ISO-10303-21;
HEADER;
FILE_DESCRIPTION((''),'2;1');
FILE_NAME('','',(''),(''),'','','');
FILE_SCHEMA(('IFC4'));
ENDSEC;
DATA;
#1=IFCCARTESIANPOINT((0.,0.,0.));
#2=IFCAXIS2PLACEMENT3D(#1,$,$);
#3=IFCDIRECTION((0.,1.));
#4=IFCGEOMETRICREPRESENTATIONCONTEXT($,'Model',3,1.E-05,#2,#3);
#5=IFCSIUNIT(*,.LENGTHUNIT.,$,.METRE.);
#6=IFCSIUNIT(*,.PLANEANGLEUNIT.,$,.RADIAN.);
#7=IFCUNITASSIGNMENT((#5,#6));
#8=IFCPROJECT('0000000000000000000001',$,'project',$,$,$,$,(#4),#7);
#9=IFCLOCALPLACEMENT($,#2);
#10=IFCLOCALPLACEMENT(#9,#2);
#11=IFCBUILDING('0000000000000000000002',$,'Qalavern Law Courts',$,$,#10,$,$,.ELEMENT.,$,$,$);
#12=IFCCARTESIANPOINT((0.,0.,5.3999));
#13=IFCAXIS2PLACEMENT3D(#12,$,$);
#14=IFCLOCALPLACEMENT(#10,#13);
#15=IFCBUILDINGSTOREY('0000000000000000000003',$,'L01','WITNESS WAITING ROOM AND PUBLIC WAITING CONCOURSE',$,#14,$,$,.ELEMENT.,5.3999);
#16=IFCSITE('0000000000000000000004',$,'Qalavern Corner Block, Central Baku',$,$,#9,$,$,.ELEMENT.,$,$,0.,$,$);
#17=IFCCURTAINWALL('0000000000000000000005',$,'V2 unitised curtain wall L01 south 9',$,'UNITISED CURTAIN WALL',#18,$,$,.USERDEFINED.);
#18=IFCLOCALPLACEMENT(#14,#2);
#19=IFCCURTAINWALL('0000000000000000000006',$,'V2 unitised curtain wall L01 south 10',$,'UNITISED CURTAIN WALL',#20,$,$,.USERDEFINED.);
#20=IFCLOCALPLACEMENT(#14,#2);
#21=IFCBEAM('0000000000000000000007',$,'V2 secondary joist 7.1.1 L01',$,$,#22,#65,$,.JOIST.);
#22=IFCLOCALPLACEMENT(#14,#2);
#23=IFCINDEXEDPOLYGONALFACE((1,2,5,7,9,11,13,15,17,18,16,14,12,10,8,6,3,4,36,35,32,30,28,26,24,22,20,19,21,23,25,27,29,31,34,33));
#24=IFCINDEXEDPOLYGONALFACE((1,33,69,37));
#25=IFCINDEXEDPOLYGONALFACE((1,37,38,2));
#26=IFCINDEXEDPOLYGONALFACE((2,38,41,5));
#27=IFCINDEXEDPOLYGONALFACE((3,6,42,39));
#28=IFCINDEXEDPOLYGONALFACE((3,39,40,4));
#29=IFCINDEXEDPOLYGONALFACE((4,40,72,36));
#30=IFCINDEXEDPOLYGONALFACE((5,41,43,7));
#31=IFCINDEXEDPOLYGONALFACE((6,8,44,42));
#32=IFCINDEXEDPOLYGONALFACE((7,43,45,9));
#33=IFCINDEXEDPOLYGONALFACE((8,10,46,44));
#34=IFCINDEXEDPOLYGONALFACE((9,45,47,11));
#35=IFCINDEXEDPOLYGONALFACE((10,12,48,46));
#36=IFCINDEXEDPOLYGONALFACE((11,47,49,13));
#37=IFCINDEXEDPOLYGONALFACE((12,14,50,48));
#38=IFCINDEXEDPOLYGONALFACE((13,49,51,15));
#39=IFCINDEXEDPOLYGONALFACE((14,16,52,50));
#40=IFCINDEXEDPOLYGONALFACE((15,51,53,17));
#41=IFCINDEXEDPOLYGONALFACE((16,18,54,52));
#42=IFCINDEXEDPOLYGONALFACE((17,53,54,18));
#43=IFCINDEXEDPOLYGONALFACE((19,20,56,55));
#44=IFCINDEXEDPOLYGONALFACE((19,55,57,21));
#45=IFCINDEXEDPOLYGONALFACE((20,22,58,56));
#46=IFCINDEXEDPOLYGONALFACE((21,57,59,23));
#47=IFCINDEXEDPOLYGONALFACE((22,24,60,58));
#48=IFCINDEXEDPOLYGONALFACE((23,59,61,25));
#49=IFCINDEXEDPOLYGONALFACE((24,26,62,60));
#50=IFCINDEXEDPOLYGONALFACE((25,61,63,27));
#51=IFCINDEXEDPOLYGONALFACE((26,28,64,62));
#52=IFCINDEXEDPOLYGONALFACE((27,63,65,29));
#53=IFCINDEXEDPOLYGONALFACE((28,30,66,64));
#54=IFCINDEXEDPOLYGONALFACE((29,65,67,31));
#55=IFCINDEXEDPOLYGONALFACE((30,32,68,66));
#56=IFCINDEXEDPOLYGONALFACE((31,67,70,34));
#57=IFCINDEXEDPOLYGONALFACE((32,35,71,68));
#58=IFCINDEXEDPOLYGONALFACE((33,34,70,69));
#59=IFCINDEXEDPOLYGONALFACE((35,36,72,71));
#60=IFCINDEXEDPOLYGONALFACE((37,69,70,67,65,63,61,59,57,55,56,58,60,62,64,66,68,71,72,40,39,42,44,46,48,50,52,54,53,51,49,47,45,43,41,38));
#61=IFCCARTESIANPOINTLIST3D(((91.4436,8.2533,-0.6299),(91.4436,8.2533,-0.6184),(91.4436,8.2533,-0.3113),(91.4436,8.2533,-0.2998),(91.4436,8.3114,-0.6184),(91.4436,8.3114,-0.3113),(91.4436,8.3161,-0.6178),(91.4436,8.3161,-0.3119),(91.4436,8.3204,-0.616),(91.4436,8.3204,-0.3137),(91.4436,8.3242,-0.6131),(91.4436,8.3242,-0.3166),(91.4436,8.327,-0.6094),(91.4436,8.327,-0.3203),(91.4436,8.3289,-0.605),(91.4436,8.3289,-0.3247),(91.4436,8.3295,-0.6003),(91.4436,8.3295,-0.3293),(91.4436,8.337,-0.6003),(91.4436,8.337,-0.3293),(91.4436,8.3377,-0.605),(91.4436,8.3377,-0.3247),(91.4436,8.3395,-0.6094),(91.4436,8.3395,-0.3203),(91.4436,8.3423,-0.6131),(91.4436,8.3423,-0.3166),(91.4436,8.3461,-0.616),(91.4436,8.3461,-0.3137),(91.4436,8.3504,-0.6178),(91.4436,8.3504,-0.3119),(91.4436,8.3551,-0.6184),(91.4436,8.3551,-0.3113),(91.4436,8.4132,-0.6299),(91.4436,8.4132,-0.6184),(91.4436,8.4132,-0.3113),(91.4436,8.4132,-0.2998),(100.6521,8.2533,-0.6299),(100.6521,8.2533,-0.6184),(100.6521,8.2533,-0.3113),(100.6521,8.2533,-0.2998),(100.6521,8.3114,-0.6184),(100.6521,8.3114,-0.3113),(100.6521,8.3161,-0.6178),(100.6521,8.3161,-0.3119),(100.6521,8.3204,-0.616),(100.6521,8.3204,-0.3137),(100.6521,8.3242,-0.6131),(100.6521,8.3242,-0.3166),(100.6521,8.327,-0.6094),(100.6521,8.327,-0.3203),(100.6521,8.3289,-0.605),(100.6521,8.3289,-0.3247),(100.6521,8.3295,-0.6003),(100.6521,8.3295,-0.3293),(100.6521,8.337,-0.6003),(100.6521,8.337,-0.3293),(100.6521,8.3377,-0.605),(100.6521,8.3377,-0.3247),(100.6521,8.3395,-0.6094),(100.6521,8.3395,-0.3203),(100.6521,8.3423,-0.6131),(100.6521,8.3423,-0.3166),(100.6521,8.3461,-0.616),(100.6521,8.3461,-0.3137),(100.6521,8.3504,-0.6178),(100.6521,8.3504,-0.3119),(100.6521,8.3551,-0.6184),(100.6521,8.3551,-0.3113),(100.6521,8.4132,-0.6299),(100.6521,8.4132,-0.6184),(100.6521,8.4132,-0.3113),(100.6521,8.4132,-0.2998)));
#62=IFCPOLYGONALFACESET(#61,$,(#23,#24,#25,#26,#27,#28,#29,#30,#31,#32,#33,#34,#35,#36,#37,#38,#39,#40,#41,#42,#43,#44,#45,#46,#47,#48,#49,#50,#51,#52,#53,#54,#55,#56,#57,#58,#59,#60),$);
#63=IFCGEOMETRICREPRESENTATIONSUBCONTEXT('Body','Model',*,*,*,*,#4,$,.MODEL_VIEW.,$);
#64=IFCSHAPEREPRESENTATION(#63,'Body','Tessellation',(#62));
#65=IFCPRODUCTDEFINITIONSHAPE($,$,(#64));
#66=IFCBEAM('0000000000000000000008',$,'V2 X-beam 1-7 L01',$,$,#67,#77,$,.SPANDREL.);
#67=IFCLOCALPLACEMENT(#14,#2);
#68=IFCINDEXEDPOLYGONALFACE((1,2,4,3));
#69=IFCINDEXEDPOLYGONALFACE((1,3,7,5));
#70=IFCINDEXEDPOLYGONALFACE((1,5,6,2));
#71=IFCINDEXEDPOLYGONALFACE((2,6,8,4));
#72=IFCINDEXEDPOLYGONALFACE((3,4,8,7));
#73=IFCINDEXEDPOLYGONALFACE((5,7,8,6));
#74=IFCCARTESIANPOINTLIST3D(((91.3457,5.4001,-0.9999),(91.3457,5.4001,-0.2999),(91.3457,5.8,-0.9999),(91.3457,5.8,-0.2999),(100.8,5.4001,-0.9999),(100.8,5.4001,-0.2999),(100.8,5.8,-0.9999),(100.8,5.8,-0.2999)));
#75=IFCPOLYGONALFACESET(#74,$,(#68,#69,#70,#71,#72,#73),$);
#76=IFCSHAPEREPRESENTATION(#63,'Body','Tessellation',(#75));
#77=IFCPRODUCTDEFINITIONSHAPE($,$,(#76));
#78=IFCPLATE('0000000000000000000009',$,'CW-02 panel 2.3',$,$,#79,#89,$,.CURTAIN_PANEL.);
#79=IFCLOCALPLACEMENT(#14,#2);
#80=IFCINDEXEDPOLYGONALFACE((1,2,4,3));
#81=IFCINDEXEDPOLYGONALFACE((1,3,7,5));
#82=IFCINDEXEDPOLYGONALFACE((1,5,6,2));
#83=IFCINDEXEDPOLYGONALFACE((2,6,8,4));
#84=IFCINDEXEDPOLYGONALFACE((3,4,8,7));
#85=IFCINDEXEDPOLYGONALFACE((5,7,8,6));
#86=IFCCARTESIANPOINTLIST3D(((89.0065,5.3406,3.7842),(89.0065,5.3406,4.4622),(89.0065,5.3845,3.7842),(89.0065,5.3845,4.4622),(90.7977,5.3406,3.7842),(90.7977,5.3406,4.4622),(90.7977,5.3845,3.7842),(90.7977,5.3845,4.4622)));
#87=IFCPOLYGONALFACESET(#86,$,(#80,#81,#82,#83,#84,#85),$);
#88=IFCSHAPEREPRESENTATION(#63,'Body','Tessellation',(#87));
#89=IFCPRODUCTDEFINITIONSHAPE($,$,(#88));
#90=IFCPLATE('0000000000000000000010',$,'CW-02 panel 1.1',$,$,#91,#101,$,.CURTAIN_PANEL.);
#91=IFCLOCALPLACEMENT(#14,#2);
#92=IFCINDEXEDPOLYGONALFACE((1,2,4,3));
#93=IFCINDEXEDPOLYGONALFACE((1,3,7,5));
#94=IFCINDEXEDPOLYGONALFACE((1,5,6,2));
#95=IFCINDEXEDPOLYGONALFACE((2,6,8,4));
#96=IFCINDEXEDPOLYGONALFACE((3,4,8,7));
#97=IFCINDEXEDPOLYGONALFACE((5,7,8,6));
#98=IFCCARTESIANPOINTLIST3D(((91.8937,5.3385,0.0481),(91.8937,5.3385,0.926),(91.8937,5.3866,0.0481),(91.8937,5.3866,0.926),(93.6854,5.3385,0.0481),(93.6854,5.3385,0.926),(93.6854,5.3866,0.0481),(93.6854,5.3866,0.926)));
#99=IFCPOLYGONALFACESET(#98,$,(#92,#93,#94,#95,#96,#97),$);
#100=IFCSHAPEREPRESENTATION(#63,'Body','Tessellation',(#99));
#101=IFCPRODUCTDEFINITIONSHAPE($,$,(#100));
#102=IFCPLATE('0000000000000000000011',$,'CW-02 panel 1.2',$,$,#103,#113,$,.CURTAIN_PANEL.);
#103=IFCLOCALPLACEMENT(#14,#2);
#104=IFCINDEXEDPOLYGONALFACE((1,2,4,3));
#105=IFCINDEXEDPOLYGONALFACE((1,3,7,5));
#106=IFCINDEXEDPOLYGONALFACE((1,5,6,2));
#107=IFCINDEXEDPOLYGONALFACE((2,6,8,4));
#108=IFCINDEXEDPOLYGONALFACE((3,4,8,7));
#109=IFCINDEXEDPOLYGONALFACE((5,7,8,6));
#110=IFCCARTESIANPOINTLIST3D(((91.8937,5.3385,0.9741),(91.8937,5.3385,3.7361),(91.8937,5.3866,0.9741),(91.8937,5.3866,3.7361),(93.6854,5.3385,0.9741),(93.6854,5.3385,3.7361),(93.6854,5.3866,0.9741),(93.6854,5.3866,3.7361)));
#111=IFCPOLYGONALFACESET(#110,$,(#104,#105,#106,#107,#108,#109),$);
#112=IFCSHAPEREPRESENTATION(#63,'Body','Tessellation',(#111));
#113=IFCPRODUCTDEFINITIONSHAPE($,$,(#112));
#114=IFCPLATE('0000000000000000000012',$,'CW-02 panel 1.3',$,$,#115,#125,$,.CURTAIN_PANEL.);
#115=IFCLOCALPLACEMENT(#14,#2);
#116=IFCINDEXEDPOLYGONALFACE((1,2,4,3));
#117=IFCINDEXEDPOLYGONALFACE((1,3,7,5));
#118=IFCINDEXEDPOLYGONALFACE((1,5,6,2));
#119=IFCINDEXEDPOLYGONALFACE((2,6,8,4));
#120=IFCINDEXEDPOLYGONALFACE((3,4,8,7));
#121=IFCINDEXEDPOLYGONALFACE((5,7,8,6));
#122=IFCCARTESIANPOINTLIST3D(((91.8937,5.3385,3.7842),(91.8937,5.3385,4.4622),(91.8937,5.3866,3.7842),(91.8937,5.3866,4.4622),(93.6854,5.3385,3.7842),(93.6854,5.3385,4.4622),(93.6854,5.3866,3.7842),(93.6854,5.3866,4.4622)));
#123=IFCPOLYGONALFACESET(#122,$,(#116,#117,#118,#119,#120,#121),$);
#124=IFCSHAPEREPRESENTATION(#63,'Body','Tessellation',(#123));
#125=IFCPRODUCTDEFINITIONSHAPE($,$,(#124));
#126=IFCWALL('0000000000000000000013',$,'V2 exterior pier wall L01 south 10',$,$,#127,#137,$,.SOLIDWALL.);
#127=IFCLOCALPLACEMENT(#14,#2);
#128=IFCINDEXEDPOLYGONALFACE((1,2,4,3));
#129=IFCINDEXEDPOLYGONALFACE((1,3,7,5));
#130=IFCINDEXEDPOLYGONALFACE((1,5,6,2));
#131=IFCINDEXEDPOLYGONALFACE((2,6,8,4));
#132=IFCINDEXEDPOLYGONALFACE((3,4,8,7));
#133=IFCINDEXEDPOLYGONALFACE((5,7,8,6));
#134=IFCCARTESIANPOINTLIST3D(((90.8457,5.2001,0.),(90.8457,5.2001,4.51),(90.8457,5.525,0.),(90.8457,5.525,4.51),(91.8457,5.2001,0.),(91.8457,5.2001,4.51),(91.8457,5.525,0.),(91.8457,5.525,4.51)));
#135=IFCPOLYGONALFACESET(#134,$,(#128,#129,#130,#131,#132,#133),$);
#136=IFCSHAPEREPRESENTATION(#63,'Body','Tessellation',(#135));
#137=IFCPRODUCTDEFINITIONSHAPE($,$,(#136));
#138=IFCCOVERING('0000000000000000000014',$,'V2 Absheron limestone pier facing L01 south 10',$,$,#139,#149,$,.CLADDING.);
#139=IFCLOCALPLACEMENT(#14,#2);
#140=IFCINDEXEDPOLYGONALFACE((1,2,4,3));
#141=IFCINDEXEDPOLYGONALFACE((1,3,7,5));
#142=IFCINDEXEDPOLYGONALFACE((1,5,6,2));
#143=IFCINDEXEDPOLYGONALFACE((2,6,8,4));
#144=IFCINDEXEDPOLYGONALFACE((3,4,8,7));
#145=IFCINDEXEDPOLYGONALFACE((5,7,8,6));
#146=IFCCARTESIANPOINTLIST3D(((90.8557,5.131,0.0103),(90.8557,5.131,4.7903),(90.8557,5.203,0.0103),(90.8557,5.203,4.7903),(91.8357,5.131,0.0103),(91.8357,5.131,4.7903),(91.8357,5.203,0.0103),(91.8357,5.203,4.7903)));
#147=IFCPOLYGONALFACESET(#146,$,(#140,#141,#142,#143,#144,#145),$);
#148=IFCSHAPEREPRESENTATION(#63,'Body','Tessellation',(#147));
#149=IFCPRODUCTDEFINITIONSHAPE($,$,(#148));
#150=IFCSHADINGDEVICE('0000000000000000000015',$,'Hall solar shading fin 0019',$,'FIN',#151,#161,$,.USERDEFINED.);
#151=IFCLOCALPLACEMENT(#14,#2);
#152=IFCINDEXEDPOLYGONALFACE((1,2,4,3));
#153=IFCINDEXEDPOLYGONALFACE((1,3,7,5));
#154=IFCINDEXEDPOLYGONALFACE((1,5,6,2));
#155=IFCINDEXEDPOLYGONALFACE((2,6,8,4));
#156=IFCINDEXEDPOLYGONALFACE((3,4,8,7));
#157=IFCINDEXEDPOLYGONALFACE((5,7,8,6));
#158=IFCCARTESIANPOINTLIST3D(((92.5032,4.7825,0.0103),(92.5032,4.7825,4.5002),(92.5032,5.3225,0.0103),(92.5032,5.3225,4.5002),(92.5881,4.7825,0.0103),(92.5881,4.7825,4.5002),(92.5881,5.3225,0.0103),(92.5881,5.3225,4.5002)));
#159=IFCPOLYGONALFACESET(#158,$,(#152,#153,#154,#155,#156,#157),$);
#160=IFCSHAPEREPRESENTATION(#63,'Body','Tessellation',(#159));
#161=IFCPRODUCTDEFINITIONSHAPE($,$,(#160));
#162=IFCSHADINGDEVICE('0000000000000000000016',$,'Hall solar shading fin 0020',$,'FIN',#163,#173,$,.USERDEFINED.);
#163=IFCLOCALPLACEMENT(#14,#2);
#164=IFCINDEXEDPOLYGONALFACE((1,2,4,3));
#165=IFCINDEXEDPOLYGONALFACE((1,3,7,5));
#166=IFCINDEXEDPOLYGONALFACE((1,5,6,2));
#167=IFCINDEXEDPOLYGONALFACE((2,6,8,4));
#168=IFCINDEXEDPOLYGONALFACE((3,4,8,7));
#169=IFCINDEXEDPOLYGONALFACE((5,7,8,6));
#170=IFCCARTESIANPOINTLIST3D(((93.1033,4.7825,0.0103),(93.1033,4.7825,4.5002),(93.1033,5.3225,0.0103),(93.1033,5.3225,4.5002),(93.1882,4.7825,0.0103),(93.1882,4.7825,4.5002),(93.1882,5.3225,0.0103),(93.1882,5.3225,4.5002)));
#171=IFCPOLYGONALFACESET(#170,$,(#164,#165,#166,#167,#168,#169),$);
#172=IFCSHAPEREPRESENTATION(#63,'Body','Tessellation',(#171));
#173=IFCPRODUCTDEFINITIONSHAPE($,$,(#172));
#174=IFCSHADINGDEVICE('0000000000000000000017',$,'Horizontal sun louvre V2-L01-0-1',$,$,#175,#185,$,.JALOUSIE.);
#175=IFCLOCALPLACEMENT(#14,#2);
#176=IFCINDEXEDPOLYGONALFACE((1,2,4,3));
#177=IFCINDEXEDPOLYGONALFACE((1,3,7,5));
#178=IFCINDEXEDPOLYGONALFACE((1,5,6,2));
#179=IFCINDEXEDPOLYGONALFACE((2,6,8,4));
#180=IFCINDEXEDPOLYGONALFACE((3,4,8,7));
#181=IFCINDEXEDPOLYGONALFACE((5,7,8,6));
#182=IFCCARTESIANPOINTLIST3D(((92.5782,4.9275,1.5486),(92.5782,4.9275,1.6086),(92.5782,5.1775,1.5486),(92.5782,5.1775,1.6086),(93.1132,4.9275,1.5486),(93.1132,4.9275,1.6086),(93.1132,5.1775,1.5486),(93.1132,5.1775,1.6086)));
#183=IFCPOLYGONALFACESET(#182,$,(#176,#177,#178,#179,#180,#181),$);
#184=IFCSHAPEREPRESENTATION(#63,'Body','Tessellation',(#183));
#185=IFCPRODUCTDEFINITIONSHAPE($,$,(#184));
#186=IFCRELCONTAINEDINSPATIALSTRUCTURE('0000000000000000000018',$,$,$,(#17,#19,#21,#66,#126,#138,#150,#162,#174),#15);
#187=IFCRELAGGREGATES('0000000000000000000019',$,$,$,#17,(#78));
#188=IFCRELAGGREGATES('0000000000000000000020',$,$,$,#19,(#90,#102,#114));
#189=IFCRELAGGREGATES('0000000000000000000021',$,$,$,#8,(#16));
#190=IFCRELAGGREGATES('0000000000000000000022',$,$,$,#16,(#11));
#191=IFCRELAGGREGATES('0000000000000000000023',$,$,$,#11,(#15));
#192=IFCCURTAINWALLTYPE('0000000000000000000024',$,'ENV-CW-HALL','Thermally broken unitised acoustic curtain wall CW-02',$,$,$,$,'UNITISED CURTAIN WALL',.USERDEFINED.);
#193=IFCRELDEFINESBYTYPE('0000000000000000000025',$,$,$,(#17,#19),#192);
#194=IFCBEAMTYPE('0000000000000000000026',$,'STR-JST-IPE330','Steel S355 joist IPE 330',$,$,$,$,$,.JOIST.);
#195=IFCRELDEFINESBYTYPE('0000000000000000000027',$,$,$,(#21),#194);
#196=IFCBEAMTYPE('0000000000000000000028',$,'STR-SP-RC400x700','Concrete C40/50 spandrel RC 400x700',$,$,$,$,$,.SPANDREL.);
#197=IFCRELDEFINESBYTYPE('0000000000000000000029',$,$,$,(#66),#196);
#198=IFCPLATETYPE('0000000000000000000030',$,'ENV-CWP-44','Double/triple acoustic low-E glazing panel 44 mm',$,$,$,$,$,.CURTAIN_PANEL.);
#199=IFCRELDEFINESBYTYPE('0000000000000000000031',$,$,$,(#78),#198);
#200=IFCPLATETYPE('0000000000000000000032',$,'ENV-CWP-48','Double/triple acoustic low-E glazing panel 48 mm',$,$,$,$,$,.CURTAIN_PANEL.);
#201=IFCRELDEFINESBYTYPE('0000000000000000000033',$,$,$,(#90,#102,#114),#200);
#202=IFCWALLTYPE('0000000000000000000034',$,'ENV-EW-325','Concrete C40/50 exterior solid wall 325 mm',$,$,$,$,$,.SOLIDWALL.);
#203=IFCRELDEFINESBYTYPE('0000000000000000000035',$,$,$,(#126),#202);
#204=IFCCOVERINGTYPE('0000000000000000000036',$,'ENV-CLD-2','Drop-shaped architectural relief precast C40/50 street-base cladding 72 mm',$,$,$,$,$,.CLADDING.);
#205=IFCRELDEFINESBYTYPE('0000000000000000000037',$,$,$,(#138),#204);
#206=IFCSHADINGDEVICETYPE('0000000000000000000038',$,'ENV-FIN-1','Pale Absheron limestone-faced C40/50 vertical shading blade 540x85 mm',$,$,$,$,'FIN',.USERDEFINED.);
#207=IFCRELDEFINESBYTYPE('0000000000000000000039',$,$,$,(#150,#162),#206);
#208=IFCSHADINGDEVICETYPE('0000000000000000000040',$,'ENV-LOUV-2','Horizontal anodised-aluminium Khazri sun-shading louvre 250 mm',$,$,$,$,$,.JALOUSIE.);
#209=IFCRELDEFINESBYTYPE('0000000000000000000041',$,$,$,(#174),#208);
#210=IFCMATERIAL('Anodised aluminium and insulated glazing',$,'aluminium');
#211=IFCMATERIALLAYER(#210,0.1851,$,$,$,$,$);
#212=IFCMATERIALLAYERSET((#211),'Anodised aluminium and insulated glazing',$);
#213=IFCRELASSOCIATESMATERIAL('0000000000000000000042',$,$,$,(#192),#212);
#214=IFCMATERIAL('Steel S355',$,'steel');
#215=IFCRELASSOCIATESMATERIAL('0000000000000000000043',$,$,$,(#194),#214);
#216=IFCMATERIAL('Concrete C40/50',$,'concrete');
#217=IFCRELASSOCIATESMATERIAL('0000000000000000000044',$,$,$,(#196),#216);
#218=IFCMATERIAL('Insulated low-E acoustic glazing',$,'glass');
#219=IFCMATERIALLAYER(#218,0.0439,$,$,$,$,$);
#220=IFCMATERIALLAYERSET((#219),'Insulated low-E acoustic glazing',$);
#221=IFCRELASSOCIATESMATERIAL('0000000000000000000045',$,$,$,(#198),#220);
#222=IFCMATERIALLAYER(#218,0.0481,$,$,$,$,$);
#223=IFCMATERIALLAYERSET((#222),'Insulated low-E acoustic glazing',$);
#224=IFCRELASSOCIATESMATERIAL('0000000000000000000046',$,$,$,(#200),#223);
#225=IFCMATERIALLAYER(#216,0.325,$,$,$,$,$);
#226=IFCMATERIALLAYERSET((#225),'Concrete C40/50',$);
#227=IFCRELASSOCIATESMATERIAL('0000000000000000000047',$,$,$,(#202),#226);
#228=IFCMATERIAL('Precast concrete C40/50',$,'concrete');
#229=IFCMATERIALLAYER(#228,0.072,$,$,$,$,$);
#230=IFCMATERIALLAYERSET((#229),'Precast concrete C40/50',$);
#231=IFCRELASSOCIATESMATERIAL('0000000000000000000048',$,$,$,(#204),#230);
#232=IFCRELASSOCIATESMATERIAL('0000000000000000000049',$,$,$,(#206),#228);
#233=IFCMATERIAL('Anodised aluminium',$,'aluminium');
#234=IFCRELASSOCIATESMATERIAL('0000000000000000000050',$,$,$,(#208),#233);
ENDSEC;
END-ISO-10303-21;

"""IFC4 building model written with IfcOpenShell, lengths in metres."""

from ifc_helpers import new_model, si_unit, direction, frame, frame_2d, origin, origin_2d, place, context, subcontext, project, spatial, rectangle, i_section, extrude, material, layer, layer_set, material_profile, profile_set, type_object, element, aggregate, save


model = new_model("IFC4")

# Units and contexts
model_context = context("Model", 3, precision=1e-05, world=origin(), true_north=direction((0.0, 1.0)))
body_context = subcontext(model_context, "Body", "Model", "MODEL_VIEW")
ifc_project = project(units=[si_unit("LENGTHUNIT", "METRE"), si_unit("PLANEANGLEUNIT", "RADIAN")], contexts=[model_context])

# Site, building, storey
site_placement = place(None, origin())
site = spatial("IfcSite", under=ifc_project, at=site_placement, Name="Qalavern Corner Block, Central Baku", CompositionType="ELEMENT", RefElevation=0.0)
building_placement = place(site_placement, origin())
building = spatial("IfcBuilding", under=site, at=building_placement, Name="Qalavern Law Courts", CompositionType="ELEMENT")
storey_placement = place(building_placement, frame((0.0, 0.0, 5.3999)))
storey = spatial("IfcBuildingStorey", under=building, at=storey_placement, Name="L01", Description="WITNESS WAITING ROOM AND PUBLIC WAITING CONCOURSE", CompositionType="ELEMENT", Elevation=5.3999)

# Curtain wall
ifc_material_1 = material(Name="Anodised aluminium and insulated glazing", Category="aluminium")
ifc_layer_1 = layer(ifc_material_1, 0.1851)
ifc_layer_set_1 = layer_set([ifc_layer_1], Name="Anodised aluminium and insulated glazing")
curtain_wall_type = type_object("IfcCurtainWallType", Name="ENV-CW-HALL", Description="Thermally broken unitised acoustic curtain wall CW-02", ElementType="UNITISED CURTAIN WALL", PredefinedType="USERDEFINED", material=ifc_layer_set_1)
curtain_wall_1_placement = place(storey_placement, origin())
curtain_wall_1 = element("IfcCurtainWall", 1, at=curtain_wall_1_placement, inside=storey, type_object=curtain_wall_type, Name="V2 unitised curtain wall L01 south 9", ObjectType="UNITISED CURTAIN WALL", PredefinedType="USERDEFINED")
ifc_material_2 = material(Name="Anodised aluminium", Category="aluminium")

# Curtain wall
curtain_wall_2_placement = place(storey_placement, origin())
curtain_wall_2 = element("IfcCurtainWall", 2, at=curtain_wall_2_placement, inside=storey, type_object=curtain_wall_type, Name="V2 unitised curtain wall L01 south 10", ObjectType="UNITISED CURTAIN WALL", PredefinedType="USERDEFINED")

# Beams
ifc_material_3 = material(Name="Steel S355", Category="steel")
ifc_material_profile_1 = material_profile(ifc_material_3, i_section(OverallWidth=0.1599, OverallDepth=0.3301, WebThickness=0.0076, FlangeThickness=0.0115, FilletRadius=0.0181, at=origin_2d()), Name="IPE 330")
ifc_profile_set_1 = profile_set([ifc_material_profile_1], Name="Steel S355")
beam_type_1 = type_object("IfcBeamType", Name="STR-JST-IPE330", Description="Steel S355 joist IPE 330", PredefinedType="JOIST", material=ifc_profile_set_1)
beam_1_placement = place(storey_placement, frame((91.4436, 8.3333, -0.4648), z_axis=(1.0, 0.0, 0.0), x_axis=(0.0, 1.0, 0.0)))
element("IfcBeam", 3, at=beam_1_placement, inside=storey, type_object=beam_type_1, Name="V2 secondary joist 7.1.1 L01", PredefinedType="JOIST", context=body_context, shape_type="SweptSolid", body=[
    extrude(i_section(OverallWidth=0.1599, OverallDepth=0.3301, WebThickness=0.0076, FlangeThickness=0.0115, FilletRadius=0.0181, at=origin_2d()), origin(), (0.0, 0.0, 1.0), 9.2085),
])
ifc_material_4 = material(Name="Concrete C40/50", Category="concrete")
ifc_material_profile_2 = material_profile(ifc_material_4, rectangle(XDim=0.3999, YDim=0.7, at=origin_2d()), Name="RC 400x700")
ifc_profile_set_2 = profile_set([ifc_material_profile_2], Name="Concrete C40/50")
beam_type_2 = type_object("IfcBeamType", Name="STR-SP-RC400x700", Description="Concrete C40/50 spandrel RC 400x700", PredefinedType="SPANDREL", material=ifc_profile_set_2)
beam_2_placement = place(storey_placement, frame((91.3457, 5.6001, -0.6499), z_axis=(1.0, 0.0, 0.0), x_axis=(0.0, 1.0, 0.0)))
element("IfcBeam", 4, at=beam_2_placement, inside=storey, type_object=beam_type_2, Name="V2 X-beam 1-7 L01", PredefinedType="SPANDREL", context=body_context, shape_type="SweptSolid", body=[
    extrude(rectangle(XDim=0.3999, YDim=0.7, at=origin_2d()), origin(), (0.0, 0.0, 1.0), 9.4543),
])

# Plates
ifc_material_5 = material(Name="Insulated low-E acoustic glazing", Category="glass")
ifc_layer_2 = layer(ifc_material_5, 0.0439)
ifc_layer_set_2 = layer_set([ifc_layer_2], Name="Insulated low-E acoustic glazing")
plate_type_1 = type_object("IfcPlateType", Name="ENV-CWP-44", Description="Double/triple acoustic low-E glazing panel 44 mm", PredefinedType="CURTAIN_PANEL", material=ifc_layer_set_2)
plate_1_placement = place(storey_placement, frame((89.9021, 5.3625, 3.7842), z_axis=(0.0, 0.0, 1.0), x_axis=(1.0, 0.0, 0.0)))
plate_1 = element("IfcPlate", 5, at=plate_1_placement, type_object=plate_type_1, Name="CW-02 panel 2.3", PredefinedType="CURTAIN_PANEL", context=body_context, shape_type="SweptSolid", body=[
    extrude(rectangle(XDim=1.7913, YDim=0.0439, at=origin_2d()), origin(), (0.0, 0.0, 1.0), 0.678),
])
aggregate(curtain_wall_1, [plate_1])
ifc_layer_3 = layer(ifc_material_5, 0.0481)
ifc_layer_set_3 = layer_set([ifc_layer_3], Name="Insulated low-E acoustic glazing")
plate_type_2 = type_object("IfcPlateType", Name="ENV-CWP-48", Description="Double/triple acoustic low-E glazing panel 48 mm", PredefinedType="CURTAIN_PANEL", material=ifc_layer_set_3)
plate_2_placement = place(storey_placement, frame((92.7896, 5.3625, 0.0481), z_axis=(0.0, 0.0, 1.0), x_axis=(1.0, 0.0, 0.0)))
plate_2 = element("IfcPlate", 6, at=plate_2_placement, type_object=plate_type_2, Name="CW-02 panel 1.1", PredefinedType="CURTAIN_PANEL", context=body_context, shape_type="SweptSolid", body=[
    extrude(rectangle(XDim=1.7917, YDim=0.0481, at=origin_2d()), origin(), (0.0, 0.0, 1.0), 0.8779),
])
plate_3_placement = place(storey_placement, frame((92.7896, 5.3625, 0.9741), z_axis=(0.0, 0.0, 1.0), x_axis=(1.0, 0.0, 0.0)))
plate_3 = element("IfcPlate", 7, at=plate_3_placement, type_object=plate_type_2, Name="CW-02 panel 1.2", PredefinedType="CURTAIN_PANEL", context=body_context, shape_type="SweptSolid", body=[
    extrude(rectangle(XDim=1.7917, YDim=0.0481, at=origin_2d()), origin(), (0.0, 0.0, 1.0), 2.762),
])
plate_4_placement = place(storey_placement, frame((92.7896, 5.3625, 3.7842), z_axis=(0.0, 0.0, 1.0), x_axis=(1.0, 0.0, 0.0)))
plate_4 = element("IfcPlate", 8, at=plate_4_placement, type_object=plate_type_2, Name="CW-02 panel 1.3", PredefinedType="CURTAIN_PANEL", context=body_context, shape_type="SweptSolid", body=[
    extrude(rectangle(XDim=1.7917, YDim=0.0481, at=origin_2d()), origin(), (0.0, 0.0, 1.0), 0.678),
])
aggregate(curtain_wall_2, [plate_2, plate_3, plate_4])

# Wall
ifc_layer_4 = layer(ifc_material_4, 0.325)
ifc_layer_set_4 = layer_set([ifc_layer_4], Name="Concrete C40/50")
wall_type = type_object("IfcWallType", Name="ENV-EW-325", Description="Concrete C40/50 exterior solid wall 325 mm", PredefinedType="SOLIDWALL", material=ifc_layer_set_4)
wall_placement = place(storey_placement, frame((90.8457, 5.3625, 0.0), z_axis=(0.0, 0.0, 1.0), x_axis=(1.0, 0.0, 0.0)))
element("IfcWall", 9, at=wall_placement, inside=storey, type_object=wall_type, Name="V2 exterior pier wall L01 south 10", PredefinedType="SOLIDWALL", context=body_context, shape_type="SweptSolid", body=[
    extrude(rectangle(XDim=1.0, YDim=0.325, at=frame_2d((0.5, 0.0))), origin(), (0.0, 0.0, 1.0), 4.51),
])

# Covering
ifc_material_6 = material(Name="Precast concrete C40/50", Category="concrete")
ifc_layer_5 = layer(ifc_material_6, 0.072)
ifc_layer_set_5 = layer_set([ifc_layer_5], Name="Precast concrete C40/50")
covering_type = type_object("IfcCoveringType", Name="ENV-CLD-2", Description="Drop-shaped architectural relief precast C40/50 street-base cladding 72 mm", PredefinedType="CLADDING", material=ifc_layer_set_5)
covering_placement = place(storey_placement, frame((91.3457, 5.167, 0.0103), z_axis=(0.0, 0.0, 1.0), x_axis=(1.0, 0.0, 0.0)))
element("IfcCovering", 10, at=covering_placement, inside=storey, type_object=covering_type, Name="V2 Absheron limestone pier facing L01 south 10", PredefinedType="CLADDING", context=body_context, shape_type="SweptSolid", body=[
    extrude(rectangle(XDim=0.98, YDim=0.072, at=origin_2d()), origin(), (0.0, 0.0, 1.0), 4.78),
])

# Shading devices
shading_device_type_1 = type_object("IfcShadingDeviceType", Name="ENV-FIN-1", Description="Pale Absheron limestone-faced C40/50 vertical shading blade 540x85 mm", ElementType="FIN", PredefinedType="USERDEFINED", material=ifc_material_6)
for number, where, z_axis, x_axis, name in (
    (11, (92.5457, 5.0525, 0.0103), (0.0, 0.0, 1.0), (0.0, -1.0, 0.0), "Hall solar shading fin 0019"),
    (12, (93.1458, 5.0525, 0.0103), (0.0, 0.0, 1.0), (0.0, -1.0, 0.0), "Hall solar shading fin 0020"),
):
    element("IfcShadingDevice", number, at=place(storey_placement, frame(where, z_axis=z_axis, x_axis=x_axis)), inside=storey, type_object=shading_device_type_1, Name=name, ObjectType="FIN", PredefinedType="USERDEFINED", context=body_context, shape_type="SweptSolid", body=[
        extrude(rectangle(XDim=0.54, YDim=0.085, at=origin_2d()), origin(), (0.0, 0.0, 1.0), 4.49),
    ])
shading_device_type_2 = type_object("IfcShadingDeviceType", Name="ENV-LOUV-2", Description="Horizontal anodised-aluminium Khazri sun-shading louvre 250 mm", PredefinedType="JALOUSIE", material=ifc_material_2)
for number, where, z_axis, x_axis, name in (
    (13, (92.8457, 5.0525, 1.5486), (0.0, 0.0, 1.0), (1.0, 0.0, 0.0), "Horizontal sun louvre V2-L01-0-1"),
):
    element("IfcShadingDevice", number, at=place(storey_placement, frame(where, z_axis=z_axis, x_axis=x_axis)), inside=storey, type_object=shading_device_type_2, Name=name, PredefinedType="JALOUSIE", context=body_context, shape_type="SweptSolid", body=[
        extrude(rectangle(XDim=0.5349, YDim=0.25, at=origin_2d()), origin(), (0.0, 0.0, 1.0), 0.0601),
    ])

save(model, "model.ifc")
